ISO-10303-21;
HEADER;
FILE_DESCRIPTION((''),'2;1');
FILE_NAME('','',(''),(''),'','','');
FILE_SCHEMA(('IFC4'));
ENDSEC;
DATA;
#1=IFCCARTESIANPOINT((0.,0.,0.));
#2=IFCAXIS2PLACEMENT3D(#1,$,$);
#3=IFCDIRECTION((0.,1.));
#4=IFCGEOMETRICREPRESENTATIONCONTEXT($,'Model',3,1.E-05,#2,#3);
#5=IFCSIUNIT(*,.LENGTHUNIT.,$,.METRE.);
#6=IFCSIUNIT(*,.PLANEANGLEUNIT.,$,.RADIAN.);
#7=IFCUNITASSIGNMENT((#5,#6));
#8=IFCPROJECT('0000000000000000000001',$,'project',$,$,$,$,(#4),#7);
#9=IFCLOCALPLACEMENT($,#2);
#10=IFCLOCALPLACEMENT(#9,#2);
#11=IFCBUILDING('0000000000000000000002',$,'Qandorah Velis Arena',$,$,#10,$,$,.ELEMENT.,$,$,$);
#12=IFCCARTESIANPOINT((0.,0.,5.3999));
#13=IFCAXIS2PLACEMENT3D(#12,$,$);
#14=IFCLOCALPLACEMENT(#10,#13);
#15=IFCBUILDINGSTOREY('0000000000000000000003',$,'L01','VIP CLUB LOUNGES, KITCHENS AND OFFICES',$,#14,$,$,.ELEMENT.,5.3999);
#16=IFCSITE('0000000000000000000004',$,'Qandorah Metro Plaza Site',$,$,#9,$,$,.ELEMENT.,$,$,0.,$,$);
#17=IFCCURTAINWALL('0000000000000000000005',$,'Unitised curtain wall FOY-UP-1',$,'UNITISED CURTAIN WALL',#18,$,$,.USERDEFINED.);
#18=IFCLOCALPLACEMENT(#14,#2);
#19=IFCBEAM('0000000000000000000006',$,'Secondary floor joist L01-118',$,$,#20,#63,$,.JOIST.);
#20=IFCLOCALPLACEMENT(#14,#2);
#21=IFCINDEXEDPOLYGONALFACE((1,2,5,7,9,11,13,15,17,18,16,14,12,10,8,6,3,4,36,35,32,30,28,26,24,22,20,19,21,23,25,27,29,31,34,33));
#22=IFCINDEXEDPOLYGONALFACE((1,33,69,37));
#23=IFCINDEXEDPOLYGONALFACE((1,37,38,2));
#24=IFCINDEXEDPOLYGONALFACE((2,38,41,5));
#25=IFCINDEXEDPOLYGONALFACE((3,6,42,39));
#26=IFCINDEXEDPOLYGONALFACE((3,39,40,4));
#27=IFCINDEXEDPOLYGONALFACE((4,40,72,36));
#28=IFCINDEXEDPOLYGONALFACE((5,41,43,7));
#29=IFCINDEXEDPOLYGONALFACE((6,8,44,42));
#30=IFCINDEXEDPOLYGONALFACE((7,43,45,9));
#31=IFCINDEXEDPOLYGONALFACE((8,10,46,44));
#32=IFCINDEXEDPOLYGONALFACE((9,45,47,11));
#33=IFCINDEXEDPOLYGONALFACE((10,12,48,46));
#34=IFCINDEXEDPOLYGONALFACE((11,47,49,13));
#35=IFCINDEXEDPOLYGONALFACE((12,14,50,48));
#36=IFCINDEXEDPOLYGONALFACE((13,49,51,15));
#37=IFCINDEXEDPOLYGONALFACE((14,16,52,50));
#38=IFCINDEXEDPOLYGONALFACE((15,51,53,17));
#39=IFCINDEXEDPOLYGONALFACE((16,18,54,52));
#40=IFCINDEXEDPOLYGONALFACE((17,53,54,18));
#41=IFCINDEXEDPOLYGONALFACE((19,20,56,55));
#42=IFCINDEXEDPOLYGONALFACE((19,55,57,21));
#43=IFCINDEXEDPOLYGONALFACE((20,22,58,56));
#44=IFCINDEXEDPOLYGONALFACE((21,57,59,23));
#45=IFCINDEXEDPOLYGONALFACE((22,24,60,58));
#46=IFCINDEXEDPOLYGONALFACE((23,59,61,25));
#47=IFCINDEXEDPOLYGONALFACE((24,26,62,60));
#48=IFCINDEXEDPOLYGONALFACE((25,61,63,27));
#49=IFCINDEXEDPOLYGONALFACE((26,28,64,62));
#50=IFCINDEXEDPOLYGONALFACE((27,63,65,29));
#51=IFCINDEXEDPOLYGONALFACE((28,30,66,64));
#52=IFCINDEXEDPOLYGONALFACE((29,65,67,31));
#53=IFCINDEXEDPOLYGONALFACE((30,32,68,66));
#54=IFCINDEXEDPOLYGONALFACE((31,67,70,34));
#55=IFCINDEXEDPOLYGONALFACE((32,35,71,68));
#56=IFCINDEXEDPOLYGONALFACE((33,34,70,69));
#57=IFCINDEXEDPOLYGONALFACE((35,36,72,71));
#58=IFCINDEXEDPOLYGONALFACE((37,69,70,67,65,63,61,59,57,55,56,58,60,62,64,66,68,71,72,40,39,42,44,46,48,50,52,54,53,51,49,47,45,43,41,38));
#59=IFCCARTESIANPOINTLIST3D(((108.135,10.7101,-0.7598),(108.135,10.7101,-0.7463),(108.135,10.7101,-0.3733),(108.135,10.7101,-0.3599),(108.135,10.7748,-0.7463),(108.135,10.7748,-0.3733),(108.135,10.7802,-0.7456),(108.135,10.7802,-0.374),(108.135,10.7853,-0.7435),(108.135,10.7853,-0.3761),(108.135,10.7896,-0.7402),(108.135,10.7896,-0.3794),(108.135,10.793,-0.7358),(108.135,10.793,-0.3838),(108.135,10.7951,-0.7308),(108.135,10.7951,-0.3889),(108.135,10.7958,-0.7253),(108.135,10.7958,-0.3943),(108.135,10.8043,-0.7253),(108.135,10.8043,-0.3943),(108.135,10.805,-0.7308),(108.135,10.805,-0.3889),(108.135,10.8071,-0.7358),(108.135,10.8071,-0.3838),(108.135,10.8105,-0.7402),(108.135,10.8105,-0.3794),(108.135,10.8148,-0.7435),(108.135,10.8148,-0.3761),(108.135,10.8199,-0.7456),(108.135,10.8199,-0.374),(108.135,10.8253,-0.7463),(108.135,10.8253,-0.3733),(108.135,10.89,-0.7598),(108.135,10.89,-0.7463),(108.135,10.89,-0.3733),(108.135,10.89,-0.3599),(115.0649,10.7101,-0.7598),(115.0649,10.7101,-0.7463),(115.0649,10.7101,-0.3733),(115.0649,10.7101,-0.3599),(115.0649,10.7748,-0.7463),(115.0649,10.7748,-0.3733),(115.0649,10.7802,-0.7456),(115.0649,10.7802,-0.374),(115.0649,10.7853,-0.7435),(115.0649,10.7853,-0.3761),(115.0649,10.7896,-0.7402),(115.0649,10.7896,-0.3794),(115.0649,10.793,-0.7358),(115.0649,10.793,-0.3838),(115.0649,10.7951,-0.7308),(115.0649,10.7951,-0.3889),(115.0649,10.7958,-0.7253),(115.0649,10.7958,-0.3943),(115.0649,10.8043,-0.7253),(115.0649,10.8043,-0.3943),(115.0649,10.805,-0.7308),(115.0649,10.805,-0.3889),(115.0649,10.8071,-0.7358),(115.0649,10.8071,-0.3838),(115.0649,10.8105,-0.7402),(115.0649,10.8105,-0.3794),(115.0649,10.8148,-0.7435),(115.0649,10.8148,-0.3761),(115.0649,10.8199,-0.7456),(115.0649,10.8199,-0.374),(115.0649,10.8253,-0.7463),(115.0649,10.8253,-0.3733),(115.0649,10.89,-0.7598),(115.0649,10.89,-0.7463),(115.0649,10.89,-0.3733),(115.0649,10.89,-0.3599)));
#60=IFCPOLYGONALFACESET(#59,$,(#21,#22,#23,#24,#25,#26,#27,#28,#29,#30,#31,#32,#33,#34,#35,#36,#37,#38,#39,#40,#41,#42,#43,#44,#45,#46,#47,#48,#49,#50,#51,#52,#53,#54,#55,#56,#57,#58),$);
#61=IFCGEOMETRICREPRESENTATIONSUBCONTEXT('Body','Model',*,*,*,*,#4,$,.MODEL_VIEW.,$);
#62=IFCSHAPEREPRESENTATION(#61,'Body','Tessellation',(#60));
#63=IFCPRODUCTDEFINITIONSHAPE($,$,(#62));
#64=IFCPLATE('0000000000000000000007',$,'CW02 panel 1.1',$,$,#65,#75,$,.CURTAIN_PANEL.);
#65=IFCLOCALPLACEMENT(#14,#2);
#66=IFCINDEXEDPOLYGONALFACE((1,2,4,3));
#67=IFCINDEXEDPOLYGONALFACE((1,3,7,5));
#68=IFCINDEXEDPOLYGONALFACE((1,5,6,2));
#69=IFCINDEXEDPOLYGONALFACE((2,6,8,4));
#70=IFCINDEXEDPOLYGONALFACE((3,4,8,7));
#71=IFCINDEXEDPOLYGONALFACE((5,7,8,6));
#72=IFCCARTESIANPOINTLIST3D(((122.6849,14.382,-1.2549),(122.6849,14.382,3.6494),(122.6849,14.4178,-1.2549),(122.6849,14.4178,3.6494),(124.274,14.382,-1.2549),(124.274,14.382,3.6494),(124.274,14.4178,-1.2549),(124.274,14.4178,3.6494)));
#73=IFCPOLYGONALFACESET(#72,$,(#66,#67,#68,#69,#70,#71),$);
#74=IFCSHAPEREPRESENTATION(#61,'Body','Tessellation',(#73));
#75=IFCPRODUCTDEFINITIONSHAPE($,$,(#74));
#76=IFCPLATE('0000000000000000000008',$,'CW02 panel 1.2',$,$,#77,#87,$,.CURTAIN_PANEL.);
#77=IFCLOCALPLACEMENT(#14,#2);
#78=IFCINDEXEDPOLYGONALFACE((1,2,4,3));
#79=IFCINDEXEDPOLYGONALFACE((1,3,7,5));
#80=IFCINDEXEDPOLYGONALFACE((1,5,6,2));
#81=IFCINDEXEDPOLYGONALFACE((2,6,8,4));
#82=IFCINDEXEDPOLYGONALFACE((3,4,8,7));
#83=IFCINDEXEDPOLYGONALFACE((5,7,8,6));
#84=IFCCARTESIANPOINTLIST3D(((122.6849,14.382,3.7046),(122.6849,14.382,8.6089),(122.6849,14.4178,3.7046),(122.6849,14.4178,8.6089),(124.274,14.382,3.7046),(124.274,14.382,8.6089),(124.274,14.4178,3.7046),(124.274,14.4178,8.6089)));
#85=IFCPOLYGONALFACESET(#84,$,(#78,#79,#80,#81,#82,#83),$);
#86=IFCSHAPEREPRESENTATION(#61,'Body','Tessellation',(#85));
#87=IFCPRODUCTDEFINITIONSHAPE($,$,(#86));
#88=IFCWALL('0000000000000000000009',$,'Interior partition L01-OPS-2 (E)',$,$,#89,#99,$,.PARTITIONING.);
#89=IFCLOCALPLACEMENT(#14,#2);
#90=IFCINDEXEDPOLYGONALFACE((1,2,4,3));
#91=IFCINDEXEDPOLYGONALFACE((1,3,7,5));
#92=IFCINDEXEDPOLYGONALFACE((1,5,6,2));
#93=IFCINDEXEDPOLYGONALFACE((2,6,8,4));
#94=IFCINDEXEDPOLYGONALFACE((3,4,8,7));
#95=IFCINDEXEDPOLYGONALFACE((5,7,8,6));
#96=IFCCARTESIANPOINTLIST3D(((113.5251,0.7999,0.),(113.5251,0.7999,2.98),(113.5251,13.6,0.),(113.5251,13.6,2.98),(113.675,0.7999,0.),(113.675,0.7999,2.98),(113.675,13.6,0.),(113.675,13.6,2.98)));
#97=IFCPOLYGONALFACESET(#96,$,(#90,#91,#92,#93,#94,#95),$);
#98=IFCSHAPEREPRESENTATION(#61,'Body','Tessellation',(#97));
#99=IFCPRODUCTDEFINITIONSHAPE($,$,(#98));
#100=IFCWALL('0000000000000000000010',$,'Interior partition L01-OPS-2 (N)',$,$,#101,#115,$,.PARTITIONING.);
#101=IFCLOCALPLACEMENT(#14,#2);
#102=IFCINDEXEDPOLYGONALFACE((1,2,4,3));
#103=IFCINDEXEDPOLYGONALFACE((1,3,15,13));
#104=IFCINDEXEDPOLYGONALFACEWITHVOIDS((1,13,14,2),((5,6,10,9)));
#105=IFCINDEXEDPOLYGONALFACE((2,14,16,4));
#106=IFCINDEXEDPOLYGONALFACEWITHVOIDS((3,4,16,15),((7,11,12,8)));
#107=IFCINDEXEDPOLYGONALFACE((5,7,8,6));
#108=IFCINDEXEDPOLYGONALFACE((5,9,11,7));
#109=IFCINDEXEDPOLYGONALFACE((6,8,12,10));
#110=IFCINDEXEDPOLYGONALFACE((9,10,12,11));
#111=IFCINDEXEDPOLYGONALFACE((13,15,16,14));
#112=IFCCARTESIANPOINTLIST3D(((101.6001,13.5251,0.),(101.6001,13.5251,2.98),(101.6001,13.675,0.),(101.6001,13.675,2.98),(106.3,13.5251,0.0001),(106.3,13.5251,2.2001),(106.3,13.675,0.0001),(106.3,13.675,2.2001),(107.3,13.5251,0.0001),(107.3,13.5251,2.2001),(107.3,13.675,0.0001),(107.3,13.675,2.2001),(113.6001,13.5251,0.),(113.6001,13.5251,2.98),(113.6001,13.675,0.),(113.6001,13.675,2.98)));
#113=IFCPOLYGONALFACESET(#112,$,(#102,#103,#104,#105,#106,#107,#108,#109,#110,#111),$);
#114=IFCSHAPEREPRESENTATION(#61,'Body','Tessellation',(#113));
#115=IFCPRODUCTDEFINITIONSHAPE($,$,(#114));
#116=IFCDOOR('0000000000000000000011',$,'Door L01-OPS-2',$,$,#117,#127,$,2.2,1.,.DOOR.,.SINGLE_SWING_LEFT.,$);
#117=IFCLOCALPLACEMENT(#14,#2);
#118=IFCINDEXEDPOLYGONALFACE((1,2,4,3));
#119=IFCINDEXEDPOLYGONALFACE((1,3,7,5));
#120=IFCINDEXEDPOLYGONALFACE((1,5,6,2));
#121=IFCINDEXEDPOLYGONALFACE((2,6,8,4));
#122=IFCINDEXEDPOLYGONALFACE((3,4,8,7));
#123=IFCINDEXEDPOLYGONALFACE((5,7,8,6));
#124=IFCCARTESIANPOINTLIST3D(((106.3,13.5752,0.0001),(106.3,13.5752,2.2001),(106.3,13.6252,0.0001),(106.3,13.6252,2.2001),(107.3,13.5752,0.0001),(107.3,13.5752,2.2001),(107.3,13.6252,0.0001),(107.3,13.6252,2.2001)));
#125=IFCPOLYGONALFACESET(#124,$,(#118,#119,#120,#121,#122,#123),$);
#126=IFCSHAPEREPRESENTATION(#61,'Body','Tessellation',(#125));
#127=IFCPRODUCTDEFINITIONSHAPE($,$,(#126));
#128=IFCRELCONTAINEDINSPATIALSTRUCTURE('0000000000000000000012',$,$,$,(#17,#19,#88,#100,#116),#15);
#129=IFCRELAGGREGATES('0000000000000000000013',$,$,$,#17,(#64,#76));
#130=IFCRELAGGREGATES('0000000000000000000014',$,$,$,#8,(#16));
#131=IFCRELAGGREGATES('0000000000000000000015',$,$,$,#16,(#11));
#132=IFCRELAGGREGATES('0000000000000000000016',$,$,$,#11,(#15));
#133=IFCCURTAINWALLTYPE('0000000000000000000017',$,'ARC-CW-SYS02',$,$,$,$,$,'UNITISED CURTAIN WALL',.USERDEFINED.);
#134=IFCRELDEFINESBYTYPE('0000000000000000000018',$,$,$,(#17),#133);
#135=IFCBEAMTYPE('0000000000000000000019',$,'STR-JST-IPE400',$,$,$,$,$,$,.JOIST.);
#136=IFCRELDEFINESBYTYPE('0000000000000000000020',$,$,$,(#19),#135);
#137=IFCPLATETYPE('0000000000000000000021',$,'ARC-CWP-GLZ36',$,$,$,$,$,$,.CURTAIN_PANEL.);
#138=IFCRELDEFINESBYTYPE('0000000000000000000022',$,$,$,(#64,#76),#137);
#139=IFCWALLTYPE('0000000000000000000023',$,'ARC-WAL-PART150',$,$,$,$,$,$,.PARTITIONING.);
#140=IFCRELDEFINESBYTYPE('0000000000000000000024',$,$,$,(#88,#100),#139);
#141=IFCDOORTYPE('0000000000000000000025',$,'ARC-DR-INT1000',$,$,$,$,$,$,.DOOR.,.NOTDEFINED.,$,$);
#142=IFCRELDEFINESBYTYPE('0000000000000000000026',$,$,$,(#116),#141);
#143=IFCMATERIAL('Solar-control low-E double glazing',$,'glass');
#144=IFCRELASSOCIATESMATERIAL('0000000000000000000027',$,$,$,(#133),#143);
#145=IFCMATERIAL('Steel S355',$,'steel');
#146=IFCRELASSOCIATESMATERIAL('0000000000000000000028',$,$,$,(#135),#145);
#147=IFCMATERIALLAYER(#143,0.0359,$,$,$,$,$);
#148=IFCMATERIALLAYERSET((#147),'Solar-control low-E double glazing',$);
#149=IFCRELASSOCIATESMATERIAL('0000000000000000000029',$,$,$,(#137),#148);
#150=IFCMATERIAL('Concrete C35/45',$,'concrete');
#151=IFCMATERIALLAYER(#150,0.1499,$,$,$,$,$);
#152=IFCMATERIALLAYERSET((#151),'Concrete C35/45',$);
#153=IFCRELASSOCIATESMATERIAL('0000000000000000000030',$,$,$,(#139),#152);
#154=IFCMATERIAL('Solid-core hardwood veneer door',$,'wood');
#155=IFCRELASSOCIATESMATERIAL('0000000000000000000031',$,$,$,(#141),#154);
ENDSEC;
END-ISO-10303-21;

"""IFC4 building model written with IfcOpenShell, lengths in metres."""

from ifc_helpers import new_model, si_unit, direction, frame, frame_2d, origin, origin_2d, place, context, subcontext, project, spatial, rectangle, i_section, extrude, material, layer, layer_set, material_profile, profile_set, type_object, element, fill, aggregate, save


model = new_model("IFC4")

# Units and contexts
model_context = context("Model", 3, precision=1e-05, world=origin(), true_north=direction((0.0, 1.0)))
body_context = subcontext(model_context, "Body", "Model", "MODEL_VIEW")
ifc_project = project(units=[si_unit("LENGTHUNIT", "METRE"), si_unit("PLANEANGLEUNIT", "RADIAN")], contexts=[model_context])

# Site, building, storey
site_placement = place(None, origin())
site = spatial("IfcSite", under=ifc_project, at=site_placement, Name="Qandorah Metro Plaza Site", CompositionType="ELEMENT", RefElevation=0.0)
building_placement = place(site_placement, origin())
building = spatial("IfcBuilding", under=site, at=building_placement, Name="Qandorah Velis Arena", CompositionType="ELEMENT")
storey_placement = place(building_placement, frame((0.0, 0.0, 5.3999)))
storey = spatial("IfcBuildingStorey", under=building, at=storey_placement, Name="L01", Description="VIP CLUB LOUNGES, KITCHENS AND OFFICES", CompositionType="ELEMENT", Elevation=5.3999)

# Curtain wall
ifc_material_1 = material(Name="Solar-control low-E double glazing", Category="glass")
curtain_wall_type = type_object("IfcCurtainWallType", Name="ARC-CW-SYS02", ElementType="UNITISED CURTAIN WALL", PredefinedType="USERDEFINED", material=ifc_material_1)
curtain_wall_placement = place(storey_placement, origin())
curtain_wall = element("IfcCurtainWall", 1, at=curtain_wall_placement, inside=storey, type_object=curtain_wall_type, Name="Unitised curtain wall FOY-UP-1", ObjectType="UNITISED CURTAIN WALL", PredefinedType="USERDEFINED")

# Beam
ifc_material_2 = material(Name="Steel S355", Category="steel")
ifc_material_profile_1 = material_profile(ifc_material_2, i_section(OverallWidth=0.1799, OverallDepth=0.3999, WebThickness=0.0085, FlangeThickness=0.0134, FilletRadius=0.021, at=origin_2d()), Name="IPE 400")
ifc_profile_set_1 = profile_set([ifc_material_profile_1], Name="Steel S355")
beam_type_1 = type_object("IfcBeamType", Name="STR-JST-IPE400", PredefinedType="JOIST", material=ifc_profile_set_1)
for number, where, z_axis, x_axis, name in (
    (2, (108.135, 10.8, -0.5598), (1.0, 0.0, 0.0), (0.0, 1.0, 0.0), "Secondary floor joist L01-118"),
):
    element("IfcBeam", number, at=place(storey_placement, frame(where, z_axis=z_axis, x_axis=x_axis)), inside=storey, type_object=beam_type_1, Name=name, PredefinedType="JOIST", context=body_context, shape_type="SweptSolid", body=[
        extrude(i_section(OverallWidth=0.1799, OverallDepth=0.3999, WebThickness=0.0085, FlangeThickness=0.0134, FilletRadius=0.021, at=origin_2d()), origin(), (0.0, 0.0, 1.0), 6.9299),
    ])

# Plates
ifc_layer_1 = layer(ifc_material_1, 0.0359)
ifc_layer_set_1 = layer_set([ifc_layer_1], Name="Solar-control low-E double glazing")
plate_type = type_object("IfcPlateType", Name="ARC-CWP-GLZ36", PredefinedType="CURTAIN_PANEL", material=ifc_layer_set_1)
plate_1_placement = place(storey_placement, frame((123.4795, 14.3999, -1.2549), z_axis=(0.0, 0.0, 1.0), x_axis=(1.0, 0.0, 0.0)))
plate_1 = element("IfcPlate", 3, at=plate_1_placement, type_object=plate_type, Name="CW02 panel 1.1", PredefinedType="CURTAIN_PANEL", context=body_context, shape_type="SweptSolid", body=[
    extrude(rectangle(XDim=1.5891, YDim=0.0359, at=origin_2d()), origin(), (0.0, 0.0, 1.0), 4.9043),
])
plate_2_placement = place(storey_placement, frame((123.4795, 14.3999, 3.7046), z_axis=(0.0, 0.0, 1.0), x_axis=(1.0, 0.0, 0.0)))
plate_2 = element("IfcPlate", 4, at=plate_2_placement, type_object=plate_type, Name="CW02 panel 1.2", PredefinedType="CURTAIN_PANEL", context=body_context, shape_type="SweptSolid", body=[
    extrude(rectangle(XDim=1.5891, YDim=0.0359, at=origin_2d()), origin(), (0.0, 0.0, 1.0), 4.9043),
])
aggregate(curtain_wall, [plate_1, plate_2])

# Wall
ifc_material_3 = material(Name="Concrete C35/45", Category="concrete")
ifc_layer_2 = layer(ifc_material_3, 0.1499)
ifc_layer_set_2 = layer_set([ifc_layer_2], Name="Concrete C35/45")
wall_type = type_object("IfcWallType", Name="ARC-WAL-PART150", PredefinedType="PARTITIONING", material=ifc_layer_set_2)
wall_1_placement = place(storey_placement, frame((113.6001, 0.8, 0.0), z_axis=(0.0, 0.0, 1.0), x_axis=(0.0, 1.0, 0.0)))
element("IfcWall", 5, at=wall_1_placement, inside=storey, type_object=wall_type, Name="Interior partition L01-OPS-2 (E)", PredefinedType="PARTITIONING", context=body_context, shape_type="SweptSolid", body=[
    extrude(rectangle(XDim=12.8, YDim=0.1499, at=frame_2d((6.3999, 0.0))), origin(), (0.0, 0.0, 1.0), 2.98),
])

# Wall, opening, door
wall_2_placement = place(storey_placement, frame((113.6001, 13.6001, 0.0), z_axis=(0.0, 0.0, 1.0), x_axis=(-1.0, 0.0, 0.0)))
wall_2 = element("IfcWall", 6, at=wall_2_placement, inside=storey, type_object=wall_type, Name="Interior partition L01-OPS-2 (N)", PredefinedType="PARTITIONING", context=body_context, shape_type="SweptSolid", body=[
    extrude(rectangle(XDim=12.0, YDim=0.1499, at=frame_2d((6.0, 0.0))), origin(), (0.0, 0.0, 1.0), 2.98),
])
opening_placement = place(wall_2_placement, frame((6.3, 0.0, 0.0)))
opening = element("IfcOpeningElement", 7, at=opening_placement, cuts=wall_2, PredefinedType="OPENING", context=body_context, shape_type="SweptSolid", body=[
    extrude(rectangle(XDim=1.0, YDim=2.2, at=frame_2d((0.5, 1.1001))), frame((0.0, 0.085, 0.0), z_axis=(0.0, -1.0, 0.0), x_axis=(1.0, 0.0, 0.0)), (0.0, 0.0, 1.0), 0.1699),
])
ifc_material_4 = material(Name="Solid-core hardwood veneer door", Category="wood")
door_type = type_object("IfcDoorType", Name="ARC-DR-INT1000", OperationType="NOTDEFINED", PredefinedType="DOOR", material=ifc_material_4)
door_placement = place(opening_placement, origin())
door = element("IfcDoor", 8, at=door_placement, inside=storey, type_object=door_type, Name="Door L01-OPS-2", OperationType="SINGLE_SWING_LEFT", OverallHeight=2.2, OverallWidth=1.0, PredefinedType="DOOR", context=body_context, shape_type="SweptSolid", body=[
    extrude(rectangle(XDim=1.0, YDim=2.2, at=frame_2d((0.5, 1.1001))), frame((0.0, 0.0249, 0.0), z_axis=(0.0, -1.0, 0.0), x_axis=(1.0, 0.0, 0.0)), (0.0, 0.0, 1.0), 0.05),
])
fill(opening, door)

save(model, "model.ifc")
